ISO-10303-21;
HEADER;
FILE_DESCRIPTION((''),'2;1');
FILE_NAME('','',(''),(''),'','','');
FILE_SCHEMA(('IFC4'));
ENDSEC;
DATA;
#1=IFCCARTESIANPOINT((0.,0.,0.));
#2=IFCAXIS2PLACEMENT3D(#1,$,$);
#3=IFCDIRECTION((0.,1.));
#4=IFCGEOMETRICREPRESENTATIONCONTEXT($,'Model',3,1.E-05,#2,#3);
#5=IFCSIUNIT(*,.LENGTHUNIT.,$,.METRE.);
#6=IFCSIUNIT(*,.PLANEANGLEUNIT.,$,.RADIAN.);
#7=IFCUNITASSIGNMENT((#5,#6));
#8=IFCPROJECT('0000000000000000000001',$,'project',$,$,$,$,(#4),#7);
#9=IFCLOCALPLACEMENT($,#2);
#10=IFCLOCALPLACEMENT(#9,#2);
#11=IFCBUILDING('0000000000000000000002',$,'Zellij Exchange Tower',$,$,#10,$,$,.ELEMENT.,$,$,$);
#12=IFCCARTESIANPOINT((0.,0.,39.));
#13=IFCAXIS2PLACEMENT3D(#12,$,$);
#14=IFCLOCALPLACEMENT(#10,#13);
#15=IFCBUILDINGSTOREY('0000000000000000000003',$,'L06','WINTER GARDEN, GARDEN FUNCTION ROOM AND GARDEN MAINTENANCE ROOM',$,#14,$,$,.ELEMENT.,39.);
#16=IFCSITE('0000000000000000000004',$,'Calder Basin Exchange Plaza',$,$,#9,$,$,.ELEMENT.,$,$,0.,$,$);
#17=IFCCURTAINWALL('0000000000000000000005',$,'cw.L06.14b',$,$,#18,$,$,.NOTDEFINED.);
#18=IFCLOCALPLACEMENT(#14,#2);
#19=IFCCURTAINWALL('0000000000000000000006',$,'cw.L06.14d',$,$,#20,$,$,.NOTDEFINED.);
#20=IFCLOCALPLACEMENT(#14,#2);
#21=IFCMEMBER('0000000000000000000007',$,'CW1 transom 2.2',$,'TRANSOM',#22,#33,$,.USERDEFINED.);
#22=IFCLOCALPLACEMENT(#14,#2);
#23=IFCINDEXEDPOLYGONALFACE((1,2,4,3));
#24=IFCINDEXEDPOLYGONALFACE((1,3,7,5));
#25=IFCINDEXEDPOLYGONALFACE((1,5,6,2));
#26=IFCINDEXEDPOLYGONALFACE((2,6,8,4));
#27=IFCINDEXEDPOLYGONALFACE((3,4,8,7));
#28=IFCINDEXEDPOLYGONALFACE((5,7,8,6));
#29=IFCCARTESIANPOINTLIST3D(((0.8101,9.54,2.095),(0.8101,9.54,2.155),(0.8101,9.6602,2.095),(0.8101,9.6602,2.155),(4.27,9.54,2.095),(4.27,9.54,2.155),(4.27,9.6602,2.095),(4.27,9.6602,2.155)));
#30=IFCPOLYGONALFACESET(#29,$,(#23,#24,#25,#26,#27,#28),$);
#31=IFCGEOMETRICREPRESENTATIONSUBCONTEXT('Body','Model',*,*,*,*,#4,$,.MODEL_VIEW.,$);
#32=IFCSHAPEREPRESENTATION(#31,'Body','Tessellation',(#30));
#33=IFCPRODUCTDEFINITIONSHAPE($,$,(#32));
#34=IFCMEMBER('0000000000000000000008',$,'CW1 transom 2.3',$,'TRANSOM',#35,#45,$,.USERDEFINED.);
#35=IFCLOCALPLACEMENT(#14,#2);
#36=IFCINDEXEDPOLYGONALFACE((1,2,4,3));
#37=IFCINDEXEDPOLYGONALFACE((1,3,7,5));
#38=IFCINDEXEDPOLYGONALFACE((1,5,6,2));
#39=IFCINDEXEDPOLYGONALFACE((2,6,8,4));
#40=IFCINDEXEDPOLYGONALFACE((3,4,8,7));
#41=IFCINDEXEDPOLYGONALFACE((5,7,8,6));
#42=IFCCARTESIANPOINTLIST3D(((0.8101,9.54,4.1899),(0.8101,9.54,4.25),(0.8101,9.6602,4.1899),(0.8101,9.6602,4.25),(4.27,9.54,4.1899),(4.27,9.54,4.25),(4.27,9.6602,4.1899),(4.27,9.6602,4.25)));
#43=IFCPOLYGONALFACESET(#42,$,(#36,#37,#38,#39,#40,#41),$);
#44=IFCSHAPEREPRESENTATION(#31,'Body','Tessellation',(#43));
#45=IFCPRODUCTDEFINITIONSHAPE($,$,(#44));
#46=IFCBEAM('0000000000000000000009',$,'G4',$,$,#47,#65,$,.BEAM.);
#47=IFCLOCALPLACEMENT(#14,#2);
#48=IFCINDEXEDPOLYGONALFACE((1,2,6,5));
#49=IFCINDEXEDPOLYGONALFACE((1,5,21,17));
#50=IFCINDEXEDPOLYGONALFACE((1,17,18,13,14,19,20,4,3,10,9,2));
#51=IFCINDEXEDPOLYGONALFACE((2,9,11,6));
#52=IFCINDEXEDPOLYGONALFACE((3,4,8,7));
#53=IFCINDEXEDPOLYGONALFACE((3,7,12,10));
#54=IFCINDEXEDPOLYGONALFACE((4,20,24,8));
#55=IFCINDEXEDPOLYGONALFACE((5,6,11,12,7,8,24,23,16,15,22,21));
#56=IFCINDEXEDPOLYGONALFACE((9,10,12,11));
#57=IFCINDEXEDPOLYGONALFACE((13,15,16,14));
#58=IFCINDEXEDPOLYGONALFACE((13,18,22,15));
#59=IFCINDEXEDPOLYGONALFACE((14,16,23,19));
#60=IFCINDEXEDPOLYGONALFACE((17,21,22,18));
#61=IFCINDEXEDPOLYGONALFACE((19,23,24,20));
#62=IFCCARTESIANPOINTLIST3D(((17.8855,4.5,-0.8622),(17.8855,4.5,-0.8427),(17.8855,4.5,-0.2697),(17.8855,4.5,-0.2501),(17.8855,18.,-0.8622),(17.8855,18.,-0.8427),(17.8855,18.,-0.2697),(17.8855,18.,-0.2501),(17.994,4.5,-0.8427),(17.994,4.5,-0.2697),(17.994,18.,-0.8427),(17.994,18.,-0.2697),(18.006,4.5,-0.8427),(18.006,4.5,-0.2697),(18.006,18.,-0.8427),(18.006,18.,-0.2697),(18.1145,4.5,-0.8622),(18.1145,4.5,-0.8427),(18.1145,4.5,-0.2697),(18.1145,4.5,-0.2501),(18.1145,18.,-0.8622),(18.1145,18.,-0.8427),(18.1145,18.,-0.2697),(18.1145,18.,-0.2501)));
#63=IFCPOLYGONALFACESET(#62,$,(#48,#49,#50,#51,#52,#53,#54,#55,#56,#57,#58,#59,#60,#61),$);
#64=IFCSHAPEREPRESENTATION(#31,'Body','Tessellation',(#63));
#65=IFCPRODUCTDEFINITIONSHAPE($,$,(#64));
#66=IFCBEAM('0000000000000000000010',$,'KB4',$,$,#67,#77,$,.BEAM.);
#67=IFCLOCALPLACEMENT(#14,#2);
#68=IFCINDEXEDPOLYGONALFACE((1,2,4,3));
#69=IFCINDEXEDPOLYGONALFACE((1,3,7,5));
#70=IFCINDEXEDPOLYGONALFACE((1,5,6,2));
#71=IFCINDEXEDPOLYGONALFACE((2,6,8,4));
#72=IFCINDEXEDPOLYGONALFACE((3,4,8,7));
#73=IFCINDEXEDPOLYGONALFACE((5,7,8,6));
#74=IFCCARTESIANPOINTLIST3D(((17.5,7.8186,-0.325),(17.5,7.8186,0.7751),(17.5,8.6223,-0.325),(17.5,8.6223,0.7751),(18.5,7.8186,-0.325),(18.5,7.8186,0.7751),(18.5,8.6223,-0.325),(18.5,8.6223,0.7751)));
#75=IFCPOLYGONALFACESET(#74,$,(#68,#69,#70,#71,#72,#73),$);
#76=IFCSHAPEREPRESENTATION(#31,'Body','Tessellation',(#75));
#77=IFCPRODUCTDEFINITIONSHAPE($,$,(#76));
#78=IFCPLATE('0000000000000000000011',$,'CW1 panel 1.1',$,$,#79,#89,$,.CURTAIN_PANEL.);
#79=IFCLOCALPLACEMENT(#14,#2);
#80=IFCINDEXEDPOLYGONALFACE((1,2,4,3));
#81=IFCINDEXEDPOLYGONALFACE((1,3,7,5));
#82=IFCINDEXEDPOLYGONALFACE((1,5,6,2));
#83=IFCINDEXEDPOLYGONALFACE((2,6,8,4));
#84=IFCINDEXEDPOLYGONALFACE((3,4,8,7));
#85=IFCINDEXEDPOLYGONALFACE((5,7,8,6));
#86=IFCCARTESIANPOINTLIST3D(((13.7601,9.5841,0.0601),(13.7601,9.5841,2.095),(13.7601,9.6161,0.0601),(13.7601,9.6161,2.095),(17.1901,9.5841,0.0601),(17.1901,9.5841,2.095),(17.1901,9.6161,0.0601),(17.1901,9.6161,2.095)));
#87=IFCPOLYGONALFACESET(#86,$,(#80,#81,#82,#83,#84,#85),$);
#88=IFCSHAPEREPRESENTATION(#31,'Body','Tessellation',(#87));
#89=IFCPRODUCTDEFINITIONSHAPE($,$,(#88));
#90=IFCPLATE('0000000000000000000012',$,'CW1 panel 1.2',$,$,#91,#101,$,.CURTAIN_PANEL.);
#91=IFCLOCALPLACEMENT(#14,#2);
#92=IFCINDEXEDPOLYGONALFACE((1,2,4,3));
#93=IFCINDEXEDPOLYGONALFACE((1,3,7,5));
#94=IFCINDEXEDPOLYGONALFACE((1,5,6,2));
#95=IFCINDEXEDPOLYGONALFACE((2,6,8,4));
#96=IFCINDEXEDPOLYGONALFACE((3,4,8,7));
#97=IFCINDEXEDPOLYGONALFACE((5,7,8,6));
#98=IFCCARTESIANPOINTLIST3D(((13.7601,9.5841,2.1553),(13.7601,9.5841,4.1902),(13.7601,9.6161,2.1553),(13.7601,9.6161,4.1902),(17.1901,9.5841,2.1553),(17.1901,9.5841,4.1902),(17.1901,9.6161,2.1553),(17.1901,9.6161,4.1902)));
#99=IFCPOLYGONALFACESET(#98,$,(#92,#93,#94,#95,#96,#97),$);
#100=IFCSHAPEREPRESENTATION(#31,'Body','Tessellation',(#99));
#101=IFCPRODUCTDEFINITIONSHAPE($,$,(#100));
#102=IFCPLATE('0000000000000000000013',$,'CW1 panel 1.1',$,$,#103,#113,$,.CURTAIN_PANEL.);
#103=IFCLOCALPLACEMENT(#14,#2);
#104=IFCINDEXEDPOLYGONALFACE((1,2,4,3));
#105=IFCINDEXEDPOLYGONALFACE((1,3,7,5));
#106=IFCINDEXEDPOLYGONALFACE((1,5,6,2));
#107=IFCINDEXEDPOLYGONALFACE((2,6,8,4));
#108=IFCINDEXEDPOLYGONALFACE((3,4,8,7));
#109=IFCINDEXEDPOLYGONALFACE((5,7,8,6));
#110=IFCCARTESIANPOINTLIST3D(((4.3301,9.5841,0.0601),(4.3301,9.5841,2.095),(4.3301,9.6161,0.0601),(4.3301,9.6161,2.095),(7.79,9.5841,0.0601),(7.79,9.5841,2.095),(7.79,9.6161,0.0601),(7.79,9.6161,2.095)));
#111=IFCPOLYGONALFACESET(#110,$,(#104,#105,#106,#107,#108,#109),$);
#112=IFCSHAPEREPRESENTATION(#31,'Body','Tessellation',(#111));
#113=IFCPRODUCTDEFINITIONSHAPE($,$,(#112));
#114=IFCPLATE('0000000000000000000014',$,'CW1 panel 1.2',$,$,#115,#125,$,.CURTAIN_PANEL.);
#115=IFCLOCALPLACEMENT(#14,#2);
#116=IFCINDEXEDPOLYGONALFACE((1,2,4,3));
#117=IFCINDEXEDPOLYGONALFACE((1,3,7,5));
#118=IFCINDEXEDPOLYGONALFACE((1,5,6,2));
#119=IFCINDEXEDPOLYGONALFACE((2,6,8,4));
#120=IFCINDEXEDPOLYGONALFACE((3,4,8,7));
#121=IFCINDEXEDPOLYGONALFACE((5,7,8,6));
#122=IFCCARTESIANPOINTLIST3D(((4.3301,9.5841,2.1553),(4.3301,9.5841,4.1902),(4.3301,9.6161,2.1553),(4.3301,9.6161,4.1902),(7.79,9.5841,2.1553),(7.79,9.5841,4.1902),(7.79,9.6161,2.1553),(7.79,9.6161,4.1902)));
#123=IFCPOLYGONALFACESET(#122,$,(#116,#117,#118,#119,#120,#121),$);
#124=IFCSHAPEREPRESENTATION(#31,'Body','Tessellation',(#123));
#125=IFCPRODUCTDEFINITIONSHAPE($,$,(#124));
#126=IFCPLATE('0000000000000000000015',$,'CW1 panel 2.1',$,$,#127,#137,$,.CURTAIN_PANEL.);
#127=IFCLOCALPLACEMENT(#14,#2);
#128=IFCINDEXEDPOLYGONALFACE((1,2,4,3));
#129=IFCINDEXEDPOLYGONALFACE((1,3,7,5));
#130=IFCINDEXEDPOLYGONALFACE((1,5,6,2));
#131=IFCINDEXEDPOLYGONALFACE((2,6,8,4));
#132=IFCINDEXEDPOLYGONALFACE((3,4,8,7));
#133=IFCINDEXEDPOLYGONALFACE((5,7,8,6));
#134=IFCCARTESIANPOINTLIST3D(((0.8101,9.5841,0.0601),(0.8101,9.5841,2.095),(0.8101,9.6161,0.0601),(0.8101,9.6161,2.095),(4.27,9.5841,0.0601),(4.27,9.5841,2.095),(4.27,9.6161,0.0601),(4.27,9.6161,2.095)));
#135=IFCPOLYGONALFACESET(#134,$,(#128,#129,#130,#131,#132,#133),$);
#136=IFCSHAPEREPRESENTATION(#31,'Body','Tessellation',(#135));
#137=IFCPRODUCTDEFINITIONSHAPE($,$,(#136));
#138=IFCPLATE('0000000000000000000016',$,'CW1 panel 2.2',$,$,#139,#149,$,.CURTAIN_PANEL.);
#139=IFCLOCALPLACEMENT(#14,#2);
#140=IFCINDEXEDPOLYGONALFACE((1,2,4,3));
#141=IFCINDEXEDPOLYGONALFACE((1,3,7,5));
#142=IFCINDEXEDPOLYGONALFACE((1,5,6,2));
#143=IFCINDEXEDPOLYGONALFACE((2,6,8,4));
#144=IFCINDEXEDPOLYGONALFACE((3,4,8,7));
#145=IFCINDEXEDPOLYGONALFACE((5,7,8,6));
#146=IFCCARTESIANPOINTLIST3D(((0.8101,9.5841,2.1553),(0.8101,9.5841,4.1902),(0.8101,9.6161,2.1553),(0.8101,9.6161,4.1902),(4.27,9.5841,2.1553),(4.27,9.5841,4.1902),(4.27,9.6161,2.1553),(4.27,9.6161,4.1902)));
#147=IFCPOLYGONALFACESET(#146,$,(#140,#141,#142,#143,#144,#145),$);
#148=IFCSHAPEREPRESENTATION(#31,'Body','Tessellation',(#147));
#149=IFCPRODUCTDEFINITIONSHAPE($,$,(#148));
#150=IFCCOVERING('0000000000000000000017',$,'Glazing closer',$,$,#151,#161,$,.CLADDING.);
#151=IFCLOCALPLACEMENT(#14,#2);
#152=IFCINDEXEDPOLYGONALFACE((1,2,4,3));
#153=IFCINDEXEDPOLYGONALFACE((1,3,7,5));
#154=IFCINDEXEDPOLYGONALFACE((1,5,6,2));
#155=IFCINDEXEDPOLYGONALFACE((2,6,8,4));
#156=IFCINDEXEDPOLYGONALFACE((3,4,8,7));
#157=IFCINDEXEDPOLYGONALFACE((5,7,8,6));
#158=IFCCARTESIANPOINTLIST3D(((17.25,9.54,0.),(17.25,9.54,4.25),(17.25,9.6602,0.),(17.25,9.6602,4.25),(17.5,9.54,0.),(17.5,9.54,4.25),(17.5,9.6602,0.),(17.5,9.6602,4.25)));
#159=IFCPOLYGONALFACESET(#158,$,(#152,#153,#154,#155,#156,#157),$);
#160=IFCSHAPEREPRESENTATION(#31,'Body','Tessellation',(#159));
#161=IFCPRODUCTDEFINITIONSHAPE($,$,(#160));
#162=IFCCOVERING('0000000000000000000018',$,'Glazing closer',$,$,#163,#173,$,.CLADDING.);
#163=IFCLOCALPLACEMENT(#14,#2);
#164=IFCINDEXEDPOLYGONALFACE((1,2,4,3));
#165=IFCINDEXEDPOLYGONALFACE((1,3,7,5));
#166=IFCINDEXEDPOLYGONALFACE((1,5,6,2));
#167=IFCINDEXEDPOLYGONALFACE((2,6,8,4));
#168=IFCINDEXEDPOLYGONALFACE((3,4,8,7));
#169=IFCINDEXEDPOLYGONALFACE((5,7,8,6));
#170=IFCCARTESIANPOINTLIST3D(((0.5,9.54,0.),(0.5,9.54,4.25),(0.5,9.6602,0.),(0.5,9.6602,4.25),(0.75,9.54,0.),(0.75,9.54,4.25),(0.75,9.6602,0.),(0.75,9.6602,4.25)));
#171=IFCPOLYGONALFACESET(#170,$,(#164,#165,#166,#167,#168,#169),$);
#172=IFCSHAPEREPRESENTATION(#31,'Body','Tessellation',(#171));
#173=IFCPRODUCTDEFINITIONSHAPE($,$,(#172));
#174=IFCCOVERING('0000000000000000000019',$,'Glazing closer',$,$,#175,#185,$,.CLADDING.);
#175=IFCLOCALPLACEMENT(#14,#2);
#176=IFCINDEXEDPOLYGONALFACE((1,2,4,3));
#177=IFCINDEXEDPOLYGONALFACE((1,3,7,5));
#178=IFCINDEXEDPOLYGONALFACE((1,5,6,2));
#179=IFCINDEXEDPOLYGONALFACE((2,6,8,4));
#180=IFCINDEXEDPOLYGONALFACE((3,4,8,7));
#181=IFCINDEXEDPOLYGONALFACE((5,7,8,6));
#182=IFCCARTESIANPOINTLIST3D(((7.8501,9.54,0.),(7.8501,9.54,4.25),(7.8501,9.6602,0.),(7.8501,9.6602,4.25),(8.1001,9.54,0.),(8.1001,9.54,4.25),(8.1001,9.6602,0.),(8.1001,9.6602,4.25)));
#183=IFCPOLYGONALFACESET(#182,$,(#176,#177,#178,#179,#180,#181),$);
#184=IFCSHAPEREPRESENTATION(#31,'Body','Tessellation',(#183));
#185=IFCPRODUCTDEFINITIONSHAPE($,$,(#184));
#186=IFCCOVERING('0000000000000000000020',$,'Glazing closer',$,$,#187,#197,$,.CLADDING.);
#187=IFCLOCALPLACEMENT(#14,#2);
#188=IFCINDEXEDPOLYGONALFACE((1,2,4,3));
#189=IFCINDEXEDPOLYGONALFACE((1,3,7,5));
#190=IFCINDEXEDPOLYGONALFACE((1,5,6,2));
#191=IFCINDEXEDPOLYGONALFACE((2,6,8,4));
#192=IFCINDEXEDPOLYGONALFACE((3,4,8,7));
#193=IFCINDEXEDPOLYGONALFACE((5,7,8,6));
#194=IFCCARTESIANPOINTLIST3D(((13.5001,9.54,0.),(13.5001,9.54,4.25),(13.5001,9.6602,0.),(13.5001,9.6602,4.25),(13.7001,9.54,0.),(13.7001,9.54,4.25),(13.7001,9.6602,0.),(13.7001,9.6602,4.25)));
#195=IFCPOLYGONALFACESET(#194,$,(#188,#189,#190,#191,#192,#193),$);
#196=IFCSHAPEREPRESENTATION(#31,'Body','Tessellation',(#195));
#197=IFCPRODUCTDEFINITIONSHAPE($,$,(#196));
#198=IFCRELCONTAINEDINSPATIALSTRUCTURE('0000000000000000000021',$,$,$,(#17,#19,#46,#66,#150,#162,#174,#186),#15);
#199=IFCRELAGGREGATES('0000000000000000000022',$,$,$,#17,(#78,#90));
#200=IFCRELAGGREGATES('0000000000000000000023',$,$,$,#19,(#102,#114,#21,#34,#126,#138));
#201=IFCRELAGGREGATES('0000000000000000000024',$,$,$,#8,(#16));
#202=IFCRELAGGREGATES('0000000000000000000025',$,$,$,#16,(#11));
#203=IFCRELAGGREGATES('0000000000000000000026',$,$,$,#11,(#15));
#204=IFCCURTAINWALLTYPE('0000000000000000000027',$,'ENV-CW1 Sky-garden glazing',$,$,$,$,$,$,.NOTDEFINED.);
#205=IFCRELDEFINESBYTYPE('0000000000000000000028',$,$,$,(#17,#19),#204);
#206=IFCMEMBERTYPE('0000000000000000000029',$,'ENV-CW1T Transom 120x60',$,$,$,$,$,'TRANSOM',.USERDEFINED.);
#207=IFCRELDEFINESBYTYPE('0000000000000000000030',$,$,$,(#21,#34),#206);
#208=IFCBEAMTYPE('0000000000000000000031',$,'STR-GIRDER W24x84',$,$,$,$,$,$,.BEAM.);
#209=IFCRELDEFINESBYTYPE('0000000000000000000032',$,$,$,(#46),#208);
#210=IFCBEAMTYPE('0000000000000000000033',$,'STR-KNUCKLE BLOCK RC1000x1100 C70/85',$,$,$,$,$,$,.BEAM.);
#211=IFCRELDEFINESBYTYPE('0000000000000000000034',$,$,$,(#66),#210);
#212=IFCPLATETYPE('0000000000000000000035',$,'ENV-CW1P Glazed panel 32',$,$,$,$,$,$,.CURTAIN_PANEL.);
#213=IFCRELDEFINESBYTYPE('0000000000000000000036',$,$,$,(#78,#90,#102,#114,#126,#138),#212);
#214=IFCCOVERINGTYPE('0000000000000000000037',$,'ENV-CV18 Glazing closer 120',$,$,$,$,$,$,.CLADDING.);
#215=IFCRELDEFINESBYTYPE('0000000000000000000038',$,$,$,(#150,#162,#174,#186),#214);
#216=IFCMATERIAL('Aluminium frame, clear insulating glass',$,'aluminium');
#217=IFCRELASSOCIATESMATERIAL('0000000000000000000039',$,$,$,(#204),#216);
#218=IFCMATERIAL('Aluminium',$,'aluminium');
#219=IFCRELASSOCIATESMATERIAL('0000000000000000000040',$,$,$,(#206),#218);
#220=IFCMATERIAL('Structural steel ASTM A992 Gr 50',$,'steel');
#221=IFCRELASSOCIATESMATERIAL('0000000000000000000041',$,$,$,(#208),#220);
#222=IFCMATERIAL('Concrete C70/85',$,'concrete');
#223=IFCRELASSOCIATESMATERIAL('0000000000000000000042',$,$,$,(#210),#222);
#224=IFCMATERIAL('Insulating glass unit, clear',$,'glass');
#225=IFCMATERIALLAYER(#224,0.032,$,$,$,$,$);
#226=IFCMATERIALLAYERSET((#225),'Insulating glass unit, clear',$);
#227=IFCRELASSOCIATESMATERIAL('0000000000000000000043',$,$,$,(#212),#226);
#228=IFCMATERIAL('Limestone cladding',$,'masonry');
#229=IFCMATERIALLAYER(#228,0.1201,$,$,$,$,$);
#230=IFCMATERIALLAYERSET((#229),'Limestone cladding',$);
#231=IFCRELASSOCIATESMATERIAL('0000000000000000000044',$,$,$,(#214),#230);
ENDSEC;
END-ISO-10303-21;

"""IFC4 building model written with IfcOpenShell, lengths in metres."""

from ifc_helpers import new_model, si_unit, direction, frame, origin, origin_2d, place, context, subcontext, project, spatial, rectangle, i_section, extrude, material, layer, layer_set, material_profile, profile_set, type_object, element, aggregate, save


model = new_model("IFC4")

# Units and contexts
model_context = context("Model", 3, precision=1e-05, world=origin(), true_north=direction((0.0, 1.0)))
body_context = subcontext(model_context, "Body", "Model", "MODEL_VIEW")
ifc_project = project(units=[si_unit("LENGTHUNIT", "METRE"), si_unit("PLANEANGLEUNIT", "RADIAN")], contexts=[model_context])

# Site, building, storey
site_placement = place(None, origin())
site = spatial("IfcSite", under=ifc_project, at=site_placement, Name="Calder Basin Exchange Plaza", CompositionType="ELEMENT", RefElevation=0.0)
building_placement = place(site_placement, origin())
building = spatial("IfcBuilding", under=site, at=building_placement, Name="Zellij Exchange Tower", CompositionType="ELEMENT")
storey_placement = place(building_placement, frame((0.0, 0.0, 39.0)))
storey = spatial("IfcBuildingStorey", under=building, at=storey_placement, Name="L06", Description="WINTER GARDEN, GARDEN FUNCTION ROOM AND GARDEN MAINTENANCE ROOM", CompositionType="ELEMENT", Elevation=39.0)

# Shared definitions
ifc_material_1 = material(Name="Concrete C70/85", Category="concrete")

# Curtain walls
ifc_material_2 = material(Name="Aluminium frame, clear insulating glass", Category="aluminium")
curtain_wall_type = type_object("IfcCurtainWallType", Name="ENV-CW1 Sky-garden glazing", PredefinedType="NOTDEFINED", material=ifc_material_2)
curtain_wall_1_placement = place(storey_placement, origin())
curtain_wall_1 = element("IfcCurtainWall", 1, at=curtain_wall_1_placement, inside=storey, type_object=curtain_wall_type, Name="cw.L06.14b", PredefinedType="NOTDEFINED")
ifc_material_3 = material(Name="Aluminium", Category="aluminium")
curtain_wall_2_placement = place(storey_placement, origin())
curtain_wall_2 = element("IfcCurtainWall", 2, at=curtain_wall_2_placement, inside=storey, type_object=curtain_wall_type, Name="cw.L06.14d", PredefinedType="NOTDEFINED")

# Members
ifc_material_profile_1 = material_profile(ifc_material_3, rectangle(XDim=0.1201, YDim=0.0601, at=origin_2d()), Name="AL 120x60")
ifc_profile_set_1 = profile_set([ifc_material_profile_1], Name="Aluminium")
member_type_1 = type_object("IfcMemberType", Name="ENV-CW1T Transom 120x60", ElementType="TRANSOM", PredefinedType="USERDEFINED", material=ifc_profile_set_1)
member_1_placement = place(storey_placement, frame((4.27, 9.6001, 2.125), z_axis=(-1.0, 0.0, 0.0), x_axis=(0.0, -1.0, 0.0)))
member_1 = element("IfcMember", 3, at=member_1_placement, type_object=member_type_1, Name="CW1 transom 2.2", ObjectType="TRANSOM", PredefinedType="USERDEFINED", context=body_context, shape_type="SweptSolid", body=[
    extrude(rectangle(XDim=0.1201, YDim=0.0601, at=origin_2d()), origin(), (0.0, 0.0, 1.0), 3.46),
])
member_2_placement = place(storey_placement, frame((4.27, 9.6001, 4.22), z_axis=(-1.0, 0.0, 0.0), x_axis=(0.0, -1.0, 0.0)))
member_2 = element("IfcMember", 4, at=member_2_placement, type_object=member_type_1, Name="CW1 transom 2.3", ObjectType="TRANSOM", PredefinedType="USERDEFINED", context=body_context, shape_type="SweptSolid", body=[
    extrude(rectangle(XDim=0.1201, YDim=0.0601, at=origin_2d()), origin(), (0.0, 0.0, 1.0), 3.46),
])

# Beams
ifc_material_4 = material(Name="Structural steel ASTM A992 Gr 50", Category="steel")
ifc_material_profile_2 = material_profile(ifc_material_4, i_section(OverallWidth=0.229, OverallDepth=0.6121, WebThickness=0.012, FlangeThickness=0.0195, at=origin_2d()), Name="W24x84")
ifc_profile_set_2 = profile_set([ifc_material_profile_2], Name="Structural steel ASTM A992 Gr 50")
beam_type_1 = type_object("IfcBeamType", Name="STR-GIRDER W24x84", PredefinedType="BEAM", material=ifc_profile_set_2)
beam_1_placement = place(storey_placement, frame((18.0, 4.5, -0.5562), z_axis=(0.0, 1.0, 0.0), x_axis=(-1.0, 0.0, 0.0)))
element("IfcBeam", 5, at=beam_1_placement, inside=storey, type_object=beam_type_1, Name="G4", PredefinedType="BEAM", context=body_context, shape_type="SweptSolid", body=[
    extrude(i_section(OverallWidth=0.229, OverallDepth=0.6121, WebThickness=0.012, FlangeThickness=0.0195, at=origin_2d()), origin(), (0.0, 0.0, 1.0), 13.5),
])
ifc_material_profile_3 = material_profile(ifc_material_1, rectangle(XDim=1.0, YDim=1.1001, at=origin_2d()), Name="STR-KNUCKLE BLOCK RC1000x1100 C70/85")
ifc_profile_set_3 = profile_set([ifc_material_profile_3], Name="Concrete C70/85")
beam_type_2 = type_object("IfcBeamType", Name="STR-KNUCKLE BLOCK RC1000x1100 C70/85", PredefinedType="BEAM", material=ifc_profile_set_3)
beam_2_placement = place(storey_placement, frame((18.0, 7.8186, 0.2251), z_axis=(0.0, 1.0, 0.0), x_axis=(-1.0, 0.0, 0.0)))
element("IfcBeam", 6, at=beam_2_placement, inside=storey, type_object=beam_type_2, Name="KB4", PredefinedType="BEAM", context=body_context, shape_type="SweptSolid", body=[
    extrude(rectangle(XDim=1.0, YDim=1.1001, at=origin_2d()), origin(), (0.0, 0.0, 1.0), 0.8037),
])

# Plates
ifc_material_5 = material(Name="Insulating glass unit, clear", Category="glass")
ifc_layer_1 = layer(ifc_material_5, 0.032)
ifc_layer_set_1 = layer_set([ifc_layer_1], Name="Insulating glass unit, clear")
plate_type = type_object("IfcPlateType", Name="ENV-CW1P Glazed panel 32", PredefinedType="CURTAIN_PANEL", material=ifc_layer_set_1)
plate_1_placement = place(storey_placement, frame((15.4751, 9.6001, 0.0601), z_axis=(0.0, 0.0, 1.0), x_axis=(-1.0, 0.0, 0.0)))
plate_1 = element("IfcPlate", 7, at=plate_1_placement, type_object=plate_type, Name="CW1 panel 1.1", PredefinedType="CURTAIN_PANEL", context=body_context, shape_type="SweptSolid", body=[
    extrude(rectangle(XDim=3.4299, YDim=0.032, at=origin_2d()), origin(), (0.0, 0.0, 1.0), 2.0349),
])
plate_2_placement = place(storey_placement, frame((15.4751, 9.6001, 2.1553), z_axis=(0.0, 0.0, 1.0), x_axis=(-1.0, 0.0, 0.0)))
plate_2 = element("IfcPlate", 8, at=plate_2_placement, type_object=plate_type, Name="CW1 panel 1.2", PredefinedType="CURTAIN_PANEL", context=body_context, shape_type="SweptSolid", body=[
    extrude(rectangle(XDim=3.4299, YDim=0.032, at=origin_2d()), origin(), (0.0, 0.0, 1.0), 2.0349),
])
aggregate(curtain_wall_1, [plate_1, plate_2])
plate_3_placement = place(storey_placement, frame((6.0601, 9.6001, 0.0601), z_axis=(0.0, 0.0, 1.0), x_axis=(-1.0, 0.0, 0.0)))
plate_3 = element("IfcPlate", 9, at=plate_3_placement, type_object=plate_type, Name="CW1 panel 1.1", PredefinedType="CURTAIN_PANEL", context=body_context, shape_type="SweptSolid", body=[
    extrude(rectangle(XDim=3.46, YDim=0.032, at=origin_2d()), origin(), (0.0, 0.0, 1.0), 2.0349),
])
plate_4_placement = place(storey_placement, frame((6.0601, 9.6001, 2.1553), z_axis=(0.0, 0.0, 1.0), x_axis=(-1.0, 0.0, 0.0)))
plate_4 = element("IfcPlate", 10, at=plate_4_placement, type_object=plate_type, Name="CW1 panel 1.2", PredefinedType="CURTAIN_PANEL", context=body_context, shape_type="SweptSolid", body=[
    extrude(rectangle(XDim=3.46, YDim=0.032, at=origin_2d()), origin(), (0.0, 0.0, 1.0), 2.0349),
])
plate_5_placement = place(storey_placement, frame((2.54, 9.6001, 0.0601), z_axis=(0.0, 0.0, 1.0), x_axis=(-1.0, 0.0, 0.0)))
plate_5 = element("IfcPlate", 11, at=plate_5_placement, type_object=plate_type, Name="CW1 panel 2.1", PredefinedType="CURTAIN_PANEL", context=body_context, shape_type="SweptSolid", body=[
    extrude(rectangle(XDim=3.46, YDim=0.032, at=origin_2d()), origin(), (0.0, 0.0, 1.0), 2.0349),
])
plate_6_placement = place(storey_placement, frame((2.54, 9.6001, 2.1553), z_axis=(0.0, 0.0, 1.0), x_axis=(-1.0, 0.0, 0.0)))
plate_6 = element("IfcPlate", 12, at=plate_6_placement, type_object=plate_type, Name="CW1 panel 2.2", PredefinedType="CURTAIN_PANEL", context=body_context, shape_type="SweptSolid", body=[
    extrude(rectangle(XDim=3.46, YDim=0.032, at=origin_2d()), origin(), (0.0, 0.0, 1.0), 2.0349),
])
aggregate(curtain_wall_2, [plate_3, plate_4, member_1, member_2, plate_5, plate_6])

# Coverings
ifc_material_6 = material(Name="Limestone cladding", Category="masonry")
ifc_layer_2 = layer(ifc_material_6, 0.1201)
ifc_layer_set_2 = layer_set([ifc_layer_2], Name="Limestone cladding")
covering_type = type_object("IfcCoveringType", Name="ENV-CV18 Glazing closer 120", PredefinedType="CLADDING", material=ifc_layer_set_2)
for number, where, z_axis, x_axis, name in (
    (13, (17.375, 9.6001, 0.0), (0.0, 0.0, 1.0), (1.0, 0.0, 0.0), "Glazing closer"),
    (14, (0.625, 9.6001, 0.0), (0.0, 0.0, 1.0), (-1.0, 0.0, 0.0), "Glazing closer"),
    (15, (7.9751, 9.6001, 0.0), (0.0, 0.0, 1.0), (1.0, 0.0, 0.0), "Glazing closer"),
):
    element("IfcCovering", number, at=place(storey_placement, frame(where, z_axis=z_axis, x_axis=x_axis)), inside=storey, type_object=covering_type, Name=name, PredefinedType="CLADDING", context=body_context, shape_type="SweptSolid", body=[
        extrude(rectangle(XDim=0.25, YDim=0.1201, at=origin_2d()), origin(), (0.0, 0.0, 1.0), 4.25),
    ])
covering_1_placement = place(storey_placement, frame((13.6001, 9.6001, 0.0), z_axis=(0.0, 0.0, 1.0), x_axis=(-1.0, 0.0, 0.0)))
element("IfcCovering", 16, at=covering_1_placement, inside=storey, type_object=covering_type, Name="Glazing closer", PredefinedType="CLADDING", context=body_context, shape_type="SweptSolid", body=[
    extrude(rectangle(XDim=0.2, YDim=0.1201, at=origin_2d()), origin(), (0.0, 0.0, 1.0), 4.25),
])

save(model, "model.ifc")
